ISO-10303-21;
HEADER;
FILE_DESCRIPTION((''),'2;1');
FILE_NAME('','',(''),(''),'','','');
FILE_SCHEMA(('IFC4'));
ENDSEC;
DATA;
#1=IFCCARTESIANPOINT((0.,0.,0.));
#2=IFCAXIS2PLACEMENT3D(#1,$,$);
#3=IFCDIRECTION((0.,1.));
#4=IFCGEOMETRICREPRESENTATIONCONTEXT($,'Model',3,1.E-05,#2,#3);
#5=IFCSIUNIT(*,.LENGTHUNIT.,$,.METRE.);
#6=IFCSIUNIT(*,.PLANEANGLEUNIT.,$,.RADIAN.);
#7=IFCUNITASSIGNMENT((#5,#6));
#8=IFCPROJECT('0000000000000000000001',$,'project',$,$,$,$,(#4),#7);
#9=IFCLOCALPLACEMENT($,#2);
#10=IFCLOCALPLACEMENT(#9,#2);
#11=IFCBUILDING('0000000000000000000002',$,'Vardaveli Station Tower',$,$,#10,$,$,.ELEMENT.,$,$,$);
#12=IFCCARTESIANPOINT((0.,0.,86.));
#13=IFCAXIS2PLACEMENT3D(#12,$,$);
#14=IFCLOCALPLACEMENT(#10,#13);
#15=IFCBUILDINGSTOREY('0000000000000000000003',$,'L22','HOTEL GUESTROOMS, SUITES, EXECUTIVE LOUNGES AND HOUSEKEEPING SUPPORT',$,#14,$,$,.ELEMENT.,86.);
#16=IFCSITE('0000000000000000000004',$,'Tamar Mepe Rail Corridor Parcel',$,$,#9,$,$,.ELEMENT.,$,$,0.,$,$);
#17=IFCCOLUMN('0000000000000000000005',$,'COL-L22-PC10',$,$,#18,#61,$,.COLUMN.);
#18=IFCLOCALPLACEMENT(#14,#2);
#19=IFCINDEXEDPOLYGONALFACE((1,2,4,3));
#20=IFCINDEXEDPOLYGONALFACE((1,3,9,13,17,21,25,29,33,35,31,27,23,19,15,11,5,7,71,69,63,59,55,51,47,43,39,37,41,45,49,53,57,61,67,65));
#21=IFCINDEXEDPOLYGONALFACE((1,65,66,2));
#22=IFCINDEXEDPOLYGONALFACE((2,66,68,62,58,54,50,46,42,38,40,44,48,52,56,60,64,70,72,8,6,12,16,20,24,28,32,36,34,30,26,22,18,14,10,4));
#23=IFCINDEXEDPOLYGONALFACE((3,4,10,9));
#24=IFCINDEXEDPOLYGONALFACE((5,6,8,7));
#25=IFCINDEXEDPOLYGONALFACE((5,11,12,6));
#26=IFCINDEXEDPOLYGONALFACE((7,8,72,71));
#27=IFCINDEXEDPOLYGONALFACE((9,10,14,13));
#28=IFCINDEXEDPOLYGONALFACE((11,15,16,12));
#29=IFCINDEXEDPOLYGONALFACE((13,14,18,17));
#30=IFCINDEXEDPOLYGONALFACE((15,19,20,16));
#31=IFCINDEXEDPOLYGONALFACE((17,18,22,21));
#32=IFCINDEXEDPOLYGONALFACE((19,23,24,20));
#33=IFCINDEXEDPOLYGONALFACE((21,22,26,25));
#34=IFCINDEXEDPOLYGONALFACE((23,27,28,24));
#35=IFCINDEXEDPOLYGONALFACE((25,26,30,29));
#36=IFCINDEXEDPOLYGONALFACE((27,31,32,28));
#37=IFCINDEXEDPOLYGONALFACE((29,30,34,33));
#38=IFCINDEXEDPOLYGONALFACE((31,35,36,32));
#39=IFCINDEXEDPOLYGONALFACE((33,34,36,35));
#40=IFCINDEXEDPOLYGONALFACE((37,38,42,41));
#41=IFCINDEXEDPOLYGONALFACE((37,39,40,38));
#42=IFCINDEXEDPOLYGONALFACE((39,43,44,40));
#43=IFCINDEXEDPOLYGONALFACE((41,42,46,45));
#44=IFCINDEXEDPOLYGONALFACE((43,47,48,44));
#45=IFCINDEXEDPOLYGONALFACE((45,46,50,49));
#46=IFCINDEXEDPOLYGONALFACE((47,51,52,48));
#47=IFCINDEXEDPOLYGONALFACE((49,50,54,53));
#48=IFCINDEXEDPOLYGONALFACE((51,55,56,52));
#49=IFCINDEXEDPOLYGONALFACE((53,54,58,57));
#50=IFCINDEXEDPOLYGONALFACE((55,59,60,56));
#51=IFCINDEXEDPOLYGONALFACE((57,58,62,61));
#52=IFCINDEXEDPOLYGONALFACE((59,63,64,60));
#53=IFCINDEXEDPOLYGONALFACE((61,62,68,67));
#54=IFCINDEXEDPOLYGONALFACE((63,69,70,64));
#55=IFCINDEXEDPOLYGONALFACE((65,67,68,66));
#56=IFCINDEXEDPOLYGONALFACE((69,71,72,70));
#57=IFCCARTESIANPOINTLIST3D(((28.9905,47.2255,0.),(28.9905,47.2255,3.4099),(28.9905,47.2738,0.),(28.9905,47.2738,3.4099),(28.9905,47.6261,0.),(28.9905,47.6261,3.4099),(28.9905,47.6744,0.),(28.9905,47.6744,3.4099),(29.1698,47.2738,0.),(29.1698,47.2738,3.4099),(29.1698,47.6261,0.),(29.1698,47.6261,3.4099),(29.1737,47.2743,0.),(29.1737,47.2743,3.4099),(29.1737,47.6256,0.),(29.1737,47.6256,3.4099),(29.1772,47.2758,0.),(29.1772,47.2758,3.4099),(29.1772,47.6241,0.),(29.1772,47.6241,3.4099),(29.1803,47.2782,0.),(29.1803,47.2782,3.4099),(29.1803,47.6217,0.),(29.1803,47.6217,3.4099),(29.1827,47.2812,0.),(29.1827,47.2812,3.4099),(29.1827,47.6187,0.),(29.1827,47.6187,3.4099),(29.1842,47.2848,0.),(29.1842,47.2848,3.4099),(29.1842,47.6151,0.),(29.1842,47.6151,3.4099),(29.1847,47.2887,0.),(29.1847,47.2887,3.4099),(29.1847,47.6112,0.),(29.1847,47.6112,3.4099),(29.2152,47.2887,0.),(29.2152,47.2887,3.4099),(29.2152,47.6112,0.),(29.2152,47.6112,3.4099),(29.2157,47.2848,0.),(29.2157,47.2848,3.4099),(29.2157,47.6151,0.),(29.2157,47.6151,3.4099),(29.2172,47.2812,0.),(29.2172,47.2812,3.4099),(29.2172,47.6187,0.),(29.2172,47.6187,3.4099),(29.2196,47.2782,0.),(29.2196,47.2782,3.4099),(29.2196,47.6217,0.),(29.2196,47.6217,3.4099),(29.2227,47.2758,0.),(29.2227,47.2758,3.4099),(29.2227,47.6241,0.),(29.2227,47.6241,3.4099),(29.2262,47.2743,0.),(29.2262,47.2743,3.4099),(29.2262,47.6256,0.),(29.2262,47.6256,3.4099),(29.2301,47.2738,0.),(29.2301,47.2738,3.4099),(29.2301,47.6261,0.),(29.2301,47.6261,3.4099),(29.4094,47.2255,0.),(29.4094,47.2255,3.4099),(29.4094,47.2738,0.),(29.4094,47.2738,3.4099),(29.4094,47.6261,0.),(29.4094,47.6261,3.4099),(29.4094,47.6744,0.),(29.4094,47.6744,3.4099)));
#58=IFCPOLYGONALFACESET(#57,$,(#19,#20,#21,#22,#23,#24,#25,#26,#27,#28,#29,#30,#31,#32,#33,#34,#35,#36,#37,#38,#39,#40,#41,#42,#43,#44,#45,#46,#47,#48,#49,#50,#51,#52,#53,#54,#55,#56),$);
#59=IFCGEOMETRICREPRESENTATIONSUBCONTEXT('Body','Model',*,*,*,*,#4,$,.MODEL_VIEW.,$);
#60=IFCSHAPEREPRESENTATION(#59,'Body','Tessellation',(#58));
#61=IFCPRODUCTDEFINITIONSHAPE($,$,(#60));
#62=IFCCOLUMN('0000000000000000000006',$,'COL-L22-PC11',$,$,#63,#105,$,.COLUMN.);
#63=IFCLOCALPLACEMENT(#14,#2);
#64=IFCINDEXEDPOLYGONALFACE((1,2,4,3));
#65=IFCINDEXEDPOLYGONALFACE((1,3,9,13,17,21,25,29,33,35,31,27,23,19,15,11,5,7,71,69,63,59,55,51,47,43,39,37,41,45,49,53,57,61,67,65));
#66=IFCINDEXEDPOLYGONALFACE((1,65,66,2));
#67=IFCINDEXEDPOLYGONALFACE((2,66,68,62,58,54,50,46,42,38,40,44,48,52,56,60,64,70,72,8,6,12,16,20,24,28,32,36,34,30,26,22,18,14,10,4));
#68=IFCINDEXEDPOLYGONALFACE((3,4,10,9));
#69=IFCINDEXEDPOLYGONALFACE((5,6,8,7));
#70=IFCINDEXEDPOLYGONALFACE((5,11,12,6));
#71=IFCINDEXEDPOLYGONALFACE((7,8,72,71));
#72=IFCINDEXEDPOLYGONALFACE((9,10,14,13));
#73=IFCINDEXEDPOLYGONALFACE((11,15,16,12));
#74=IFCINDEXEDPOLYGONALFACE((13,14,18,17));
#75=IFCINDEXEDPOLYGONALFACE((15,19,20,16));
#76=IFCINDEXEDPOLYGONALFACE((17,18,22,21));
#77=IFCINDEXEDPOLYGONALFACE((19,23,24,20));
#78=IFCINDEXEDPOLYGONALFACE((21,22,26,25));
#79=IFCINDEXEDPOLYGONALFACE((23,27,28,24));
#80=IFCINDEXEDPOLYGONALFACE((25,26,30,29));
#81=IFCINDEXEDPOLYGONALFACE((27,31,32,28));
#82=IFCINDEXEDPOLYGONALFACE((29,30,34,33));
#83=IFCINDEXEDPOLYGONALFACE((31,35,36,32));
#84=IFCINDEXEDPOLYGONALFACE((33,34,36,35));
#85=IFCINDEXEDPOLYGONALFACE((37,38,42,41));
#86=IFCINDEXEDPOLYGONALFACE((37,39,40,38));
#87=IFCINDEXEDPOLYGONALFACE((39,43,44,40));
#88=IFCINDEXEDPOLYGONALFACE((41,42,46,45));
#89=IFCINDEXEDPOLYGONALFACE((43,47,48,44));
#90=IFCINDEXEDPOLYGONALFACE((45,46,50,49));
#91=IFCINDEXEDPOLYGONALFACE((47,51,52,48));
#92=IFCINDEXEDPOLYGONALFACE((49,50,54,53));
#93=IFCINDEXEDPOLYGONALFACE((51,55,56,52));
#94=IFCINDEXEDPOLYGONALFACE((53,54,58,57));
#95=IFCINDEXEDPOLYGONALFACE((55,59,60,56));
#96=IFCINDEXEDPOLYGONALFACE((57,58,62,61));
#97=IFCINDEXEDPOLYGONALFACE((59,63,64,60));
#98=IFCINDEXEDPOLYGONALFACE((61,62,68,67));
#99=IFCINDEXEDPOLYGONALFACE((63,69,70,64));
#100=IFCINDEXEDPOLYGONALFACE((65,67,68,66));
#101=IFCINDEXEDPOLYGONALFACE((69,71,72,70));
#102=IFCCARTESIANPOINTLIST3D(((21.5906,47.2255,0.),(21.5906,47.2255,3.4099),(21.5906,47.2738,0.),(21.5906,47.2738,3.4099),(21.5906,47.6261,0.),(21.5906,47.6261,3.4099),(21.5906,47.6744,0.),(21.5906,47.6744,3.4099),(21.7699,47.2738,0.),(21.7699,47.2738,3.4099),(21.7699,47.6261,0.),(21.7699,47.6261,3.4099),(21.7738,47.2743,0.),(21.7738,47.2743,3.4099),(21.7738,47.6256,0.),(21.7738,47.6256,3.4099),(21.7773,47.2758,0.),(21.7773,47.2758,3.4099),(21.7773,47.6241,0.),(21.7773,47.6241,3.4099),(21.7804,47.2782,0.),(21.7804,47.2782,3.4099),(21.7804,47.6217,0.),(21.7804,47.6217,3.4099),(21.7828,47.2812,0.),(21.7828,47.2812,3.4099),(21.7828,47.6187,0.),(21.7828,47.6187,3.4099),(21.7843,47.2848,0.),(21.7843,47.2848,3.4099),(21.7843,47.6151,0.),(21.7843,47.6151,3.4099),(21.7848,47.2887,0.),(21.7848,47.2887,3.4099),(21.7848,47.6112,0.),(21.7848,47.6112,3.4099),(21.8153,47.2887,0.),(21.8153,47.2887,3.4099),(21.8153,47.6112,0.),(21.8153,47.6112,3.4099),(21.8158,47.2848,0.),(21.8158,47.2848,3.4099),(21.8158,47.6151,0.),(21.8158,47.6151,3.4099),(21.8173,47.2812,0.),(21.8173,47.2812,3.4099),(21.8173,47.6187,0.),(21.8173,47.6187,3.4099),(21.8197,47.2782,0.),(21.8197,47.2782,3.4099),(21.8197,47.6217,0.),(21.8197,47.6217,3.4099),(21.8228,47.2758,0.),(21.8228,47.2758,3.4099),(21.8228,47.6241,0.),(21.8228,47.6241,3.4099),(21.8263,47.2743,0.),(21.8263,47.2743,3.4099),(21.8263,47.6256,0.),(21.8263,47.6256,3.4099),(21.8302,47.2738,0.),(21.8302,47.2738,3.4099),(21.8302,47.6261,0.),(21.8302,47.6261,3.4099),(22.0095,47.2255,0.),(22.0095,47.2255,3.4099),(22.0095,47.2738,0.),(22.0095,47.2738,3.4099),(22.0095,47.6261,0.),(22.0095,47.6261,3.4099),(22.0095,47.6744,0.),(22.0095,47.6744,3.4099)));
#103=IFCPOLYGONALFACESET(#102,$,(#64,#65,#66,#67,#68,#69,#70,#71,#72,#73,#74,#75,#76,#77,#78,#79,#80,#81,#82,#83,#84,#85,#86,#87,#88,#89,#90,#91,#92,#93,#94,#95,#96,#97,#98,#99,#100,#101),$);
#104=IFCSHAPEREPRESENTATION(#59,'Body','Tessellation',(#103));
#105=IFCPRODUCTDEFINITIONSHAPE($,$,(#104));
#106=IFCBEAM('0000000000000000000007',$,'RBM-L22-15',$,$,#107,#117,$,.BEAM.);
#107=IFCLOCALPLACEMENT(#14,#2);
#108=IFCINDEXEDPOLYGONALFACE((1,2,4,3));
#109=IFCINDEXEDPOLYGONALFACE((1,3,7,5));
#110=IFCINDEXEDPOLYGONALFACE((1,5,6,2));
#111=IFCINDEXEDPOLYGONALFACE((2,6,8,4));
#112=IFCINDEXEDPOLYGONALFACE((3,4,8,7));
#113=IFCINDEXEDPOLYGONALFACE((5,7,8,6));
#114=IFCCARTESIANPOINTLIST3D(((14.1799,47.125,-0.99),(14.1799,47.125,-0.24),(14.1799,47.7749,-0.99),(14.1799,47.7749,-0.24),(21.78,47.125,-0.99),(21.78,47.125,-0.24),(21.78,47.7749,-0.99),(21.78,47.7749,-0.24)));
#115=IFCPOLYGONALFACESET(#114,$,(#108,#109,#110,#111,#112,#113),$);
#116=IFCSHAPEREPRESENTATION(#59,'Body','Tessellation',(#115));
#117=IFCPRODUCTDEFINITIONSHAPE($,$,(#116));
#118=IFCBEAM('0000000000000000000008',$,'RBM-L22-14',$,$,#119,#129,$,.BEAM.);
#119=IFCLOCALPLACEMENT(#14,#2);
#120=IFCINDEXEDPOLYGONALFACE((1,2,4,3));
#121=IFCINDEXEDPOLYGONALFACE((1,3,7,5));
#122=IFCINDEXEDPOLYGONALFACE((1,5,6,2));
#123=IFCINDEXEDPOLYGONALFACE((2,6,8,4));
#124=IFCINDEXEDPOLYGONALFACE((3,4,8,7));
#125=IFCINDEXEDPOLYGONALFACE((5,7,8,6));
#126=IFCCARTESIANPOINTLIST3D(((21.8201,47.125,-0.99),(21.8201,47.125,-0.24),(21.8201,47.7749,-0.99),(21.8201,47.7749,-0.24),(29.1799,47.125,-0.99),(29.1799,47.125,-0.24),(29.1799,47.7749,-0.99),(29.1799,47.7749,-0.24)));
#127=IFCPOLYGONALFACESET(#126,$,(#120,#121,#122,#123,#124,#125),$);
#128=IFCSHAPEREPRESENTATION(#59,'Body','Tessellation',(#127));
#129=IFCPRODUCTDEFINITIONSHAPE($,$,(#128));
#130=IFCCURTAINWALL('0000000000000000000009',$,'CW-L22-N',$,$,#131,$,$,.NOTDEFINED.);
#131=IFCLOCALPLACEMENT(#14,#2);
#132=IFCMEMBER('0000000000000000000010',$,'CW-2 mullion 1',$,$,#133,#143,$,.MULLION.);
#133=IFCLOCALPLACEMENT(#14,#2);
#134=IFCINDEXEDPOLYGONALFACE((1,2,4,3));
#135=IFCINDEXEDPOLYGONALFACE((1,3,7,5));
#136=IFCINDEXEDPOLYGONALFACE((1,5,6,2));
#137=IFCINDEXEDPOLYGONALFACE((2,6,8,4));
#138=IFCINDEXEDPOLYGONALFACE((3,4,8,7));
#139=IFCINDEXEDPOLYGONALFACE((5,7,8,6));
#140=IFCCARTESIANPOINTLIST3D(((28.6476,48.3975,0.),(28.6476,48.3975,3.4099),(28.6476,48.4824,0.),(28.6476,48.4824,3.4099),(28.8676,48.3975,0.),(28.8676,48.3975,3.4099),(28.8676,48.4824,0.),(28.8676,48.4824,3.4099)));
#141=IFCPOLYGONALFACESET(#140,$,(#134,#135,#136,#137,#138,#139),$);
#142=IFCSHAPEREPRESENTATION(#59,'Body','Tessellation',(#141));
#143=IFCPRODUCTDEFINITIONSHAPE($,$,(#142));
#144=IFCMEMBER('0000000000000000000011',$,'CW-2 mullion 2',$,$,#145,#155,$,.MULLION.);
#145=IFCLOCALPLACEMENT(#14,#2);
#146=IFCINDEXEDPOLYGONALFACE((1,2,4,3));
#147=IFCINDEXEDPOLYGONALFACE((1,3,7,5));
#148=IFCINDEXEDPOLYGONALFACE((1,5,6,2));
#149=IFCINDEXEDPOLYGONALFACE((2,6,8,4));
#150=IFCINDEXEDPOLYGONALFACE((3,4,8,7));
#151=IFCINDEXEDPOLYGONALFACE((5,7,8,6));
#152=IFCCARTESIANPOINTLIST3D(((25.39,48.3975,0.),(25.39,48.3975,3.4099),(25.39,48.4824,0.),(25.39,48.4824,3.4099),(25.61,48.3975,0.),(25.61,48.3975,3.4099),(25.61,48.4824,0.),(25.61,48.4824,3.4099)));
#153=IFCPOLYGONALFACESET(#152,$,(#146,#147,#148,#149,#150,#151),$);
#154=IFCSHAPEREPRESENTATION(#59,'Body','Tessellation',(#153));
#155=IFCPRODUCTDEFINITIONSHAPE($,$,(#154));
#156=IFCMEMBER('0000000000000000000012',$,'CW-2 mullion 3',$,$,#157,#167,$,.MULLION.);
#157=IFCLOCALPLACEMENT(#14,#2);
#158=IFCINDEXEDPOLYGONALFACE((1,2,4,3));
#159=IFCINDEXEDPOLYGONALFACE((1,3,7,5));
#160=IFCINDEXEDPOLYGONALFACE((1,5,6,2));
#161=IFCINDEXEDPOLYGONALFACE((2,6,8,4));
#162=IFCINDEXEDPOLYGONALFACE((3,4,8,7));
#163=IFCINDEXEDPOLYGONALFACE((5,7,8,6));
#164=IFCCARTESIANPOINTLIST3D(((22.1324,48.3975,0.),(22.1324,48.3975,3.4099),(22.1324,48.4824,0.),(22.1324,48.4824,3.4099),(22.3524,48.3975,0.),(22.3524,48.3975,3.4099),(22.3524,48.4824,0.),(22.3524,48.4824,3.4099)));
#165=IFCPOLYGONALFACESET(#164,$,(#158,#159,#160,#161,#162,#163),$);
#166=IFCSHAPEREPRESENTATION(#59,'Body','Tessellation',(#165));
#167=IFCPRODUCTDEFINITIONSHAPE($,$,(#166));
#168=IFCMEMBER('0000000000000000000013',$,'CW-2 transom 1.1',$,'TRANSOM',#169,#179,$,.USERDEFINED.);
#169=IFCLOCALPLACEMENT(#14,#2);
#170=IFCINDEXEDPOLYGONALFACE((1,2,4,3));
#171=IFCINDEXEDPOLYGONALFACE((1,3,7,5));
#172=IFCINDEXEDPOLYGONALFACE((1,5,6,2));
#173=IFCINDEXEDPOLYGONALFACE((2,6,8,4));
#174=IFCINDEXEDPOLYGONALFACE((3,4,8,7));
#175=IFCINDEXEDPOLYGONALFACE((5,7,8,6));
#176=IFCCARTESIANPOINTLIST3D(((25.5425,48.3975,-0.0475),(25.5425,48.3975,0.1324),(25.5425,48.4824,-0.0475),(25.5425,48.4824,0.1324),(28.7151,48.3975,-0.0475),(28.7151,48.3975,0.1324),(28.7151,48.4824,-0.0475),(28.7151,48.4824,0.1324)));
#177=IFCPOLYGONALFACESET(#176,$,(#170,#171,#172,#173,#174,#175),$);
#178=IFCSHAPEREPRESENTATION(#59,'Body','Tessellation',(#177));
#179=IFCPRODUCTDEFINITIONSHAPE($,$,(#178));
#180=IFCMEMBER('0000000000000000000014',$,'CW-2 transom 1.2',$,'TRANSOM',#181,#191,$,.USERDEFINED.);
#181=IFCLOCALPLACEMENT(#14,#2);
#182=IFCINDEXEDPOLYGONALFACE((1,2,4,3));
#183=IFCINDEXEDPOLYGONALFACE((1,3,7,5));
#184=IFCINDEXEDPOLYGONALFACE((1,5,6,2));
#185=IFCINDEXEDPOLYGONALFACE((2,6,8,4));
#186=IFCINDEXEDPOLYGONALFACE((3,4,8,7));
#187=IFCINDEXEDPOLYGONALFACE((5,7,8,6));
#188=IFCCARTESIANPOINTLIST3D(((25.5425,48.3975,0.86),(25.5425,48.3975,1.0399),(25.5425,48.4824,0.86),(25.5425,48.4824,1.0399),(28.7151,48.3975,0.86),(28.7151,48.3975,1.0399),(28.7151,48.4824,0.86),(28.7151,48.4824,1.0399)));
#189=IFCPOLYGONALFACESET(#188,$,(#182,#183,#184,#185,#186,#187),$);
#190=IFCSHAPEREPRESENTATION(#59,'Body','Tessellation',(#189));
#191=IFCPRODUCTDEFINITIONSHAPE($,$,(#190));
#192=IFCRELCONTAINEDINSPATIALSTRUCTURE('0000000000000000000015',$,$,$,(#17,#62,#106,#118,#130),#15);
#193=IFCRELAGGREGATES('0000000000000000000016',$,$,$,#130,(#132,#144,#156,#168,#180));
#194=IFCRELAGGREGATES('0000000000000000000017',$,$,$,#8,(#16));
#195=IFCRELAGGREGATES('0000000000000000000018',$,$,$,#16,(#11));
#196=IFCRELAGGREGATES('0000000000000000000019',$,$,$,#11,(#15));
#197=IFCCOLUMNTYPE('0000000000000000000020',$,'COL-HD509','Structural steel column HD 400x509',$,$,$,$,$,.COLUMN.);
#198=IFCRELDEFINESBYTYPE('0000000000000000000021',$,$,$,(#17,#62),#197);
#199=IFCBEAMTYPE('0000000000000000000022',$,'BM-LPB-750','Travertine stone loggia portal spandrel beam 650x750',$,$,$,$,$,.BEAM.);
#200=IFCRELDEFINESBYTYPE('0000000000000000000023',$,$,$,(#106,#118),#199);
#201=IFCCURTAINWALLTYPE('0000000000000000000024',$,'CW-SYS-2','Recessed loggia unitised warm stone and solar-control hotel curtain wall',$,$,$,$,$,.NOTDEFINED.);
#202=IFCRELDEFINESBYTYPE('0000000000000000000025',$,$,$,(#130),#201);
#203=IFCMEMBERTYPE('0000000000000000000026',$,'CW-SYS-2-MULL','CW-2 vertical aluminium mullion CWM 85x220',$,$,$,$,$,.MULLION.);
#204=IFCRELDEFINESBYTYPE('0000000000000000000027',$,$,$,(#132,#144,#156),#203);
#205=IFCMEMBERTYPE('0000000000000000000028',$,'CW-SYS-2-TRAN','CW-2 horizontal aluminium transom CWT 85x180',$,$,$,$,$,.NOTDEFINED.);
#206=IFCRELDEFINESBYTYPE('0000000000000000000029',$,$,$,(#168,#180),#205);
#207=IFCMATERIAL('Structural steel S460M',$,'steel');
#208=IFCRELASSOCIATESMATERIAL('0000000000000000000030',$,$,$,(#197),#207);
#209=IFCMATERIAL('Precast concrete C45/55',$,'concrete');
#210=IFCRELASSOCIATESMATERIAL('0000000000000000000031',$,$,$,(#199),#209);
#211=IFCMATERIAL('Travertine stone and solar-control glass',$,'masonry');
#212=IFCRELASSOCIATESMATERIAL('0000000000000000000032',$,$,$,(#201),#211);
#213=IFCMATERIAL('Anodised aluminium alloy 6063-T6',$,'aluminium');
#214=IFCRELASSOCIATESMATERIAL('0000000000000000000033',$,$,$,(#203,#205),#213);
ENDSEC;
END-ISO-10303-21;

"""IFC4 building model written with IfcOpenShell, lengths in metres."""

from ifc_helpers import new_model, si_unit, direction, frame, origin, origin_2d, place, context, subcontext, project, spatial, rectangle, i_section, extrude, source, transform, mapped, material, material_profile, profile_set, type_object, element, aggregate, save


model = new_model("IFC4")

# Units and contexts
model_context = context("Model", 3, precision=1e-05, world=origin(), true_north=direction((0.0, 1.0)))
body_context = subcontext(model_context, "Body", "Model", "MODEL_VIEW")
ifc_project = project(units=[si_unit("LENGTHUNIT", "METRE"), si_unit("PLANEANGLEUNIT", "RADIAN")], contexts=[model_context])

# Site, building, storey
site_placement = place(None, origin())
site = spatial("IfcSite", under=ifc_project, at=site_placement, Name="Tamar Mepe Rail Corridor Parcel", CompositionType="ELEMENT", RefElevation=0.0)
building_placement = place(site_placement, origin())
building = spatial("IfcBuilding", under=site, at=building_placement, Name="Vardaveli Station Tower", CompositionType="ELEMENT")
storey_placement = place(building_placement, frame((0.0, 0.0, 86.0)))
storey = spatial("IfcBuildingStorey", under=building, at=storey_placement, Name="L22", Description="HOTEL GUESTROOMS, SUITES, EXECUTIVE LOUNGES AND HOUSEKEEPING SUPPORT", CompositionType="ELEMENT", Elevation=86.0)

# Columns
ifc_material_1 = material(Name="Structural steel S460M", Category="steel")
ifc_material_profile_1 = material_profile(ifc_material_1, i_section(OverallWidth=0.4189, OverallDepth=0.449, WebThickness=0.0305, FlangeThickness=0.0483, FilletRadius=0.0149, at=origin_2d()), Name="HD 400x509")
ifc_profile_set_1 = profile_set([ifc_material_profile_1], Name="Structural steel S460M")
column_type = type_object("IfcColumnType", Name="COL-HD509", Description="Structural steel column HD 400x509", PredefinedType="COLUMN", material=ifc_profile_set_1)
shared_shape_1 = source(origin(), body_context, "Body", "SweptSolid", [
    extrude(i_section(OverallWidth=0.4189, OverallDepth=0.449, WebThickness=0.0305, FlangeThickness=0.0483, FilletRadius=0.0149, at=origin_2d()), origin(), (0.0, 0.0, 1.0), 3.4099),
])
for number, where, z_axis, x_axis, name in (
    (1, (29.2, 47.45, 0.0), (0.0, 0.0, 1.0), (1.0, 0.0, 0.0), "COL-L22-PC10"),
    (2, (21.8, 47.45, 0.0), (0.0, 0.0, 1.0), (1.0, 0.0, 0.0), "COL-L22-PC11"),
):
    element("IfcColumn", number, at=place(storey_placement, frame(where, z_axis=z_axis, x_axis=x_axis)), inside=storey, type_object=column_type, Name=name, PredefinedType="COLUMN", context=body_context, shape_type="MappedRepresentation", body=[
        mapped(shared_shape_1, transform((0.0, 0.0, 0.0), scale=1.0)),
    ])

# Beams
ifc_material_2 = material(Name="Precast concrete C45/55", Category="concrete")
ifc_material_profile_2 = material_profile(ifc_material_2, rectangle(XDim=0.6499, YDim=0.75, at=origin_2d()), Name="LPB 650x750")
ifc_profile_set_2 = profile_set([ifc_material_profile_2], Name="Precast concrete C45/55")
beam_type = type_object("IfcBeamType", Name="BM-LPB-750", Description="Travertine stone loggia portal spandrel beam 650x750", PredefinedType="BEAM", material=ifc_profile_set_2)
shared_shape_2 = source(origin(), body_context, "Body", "SweptSolid", [
    extrude(rectangle(XDim=0.6499, YDim=0.75, at=origin_2d()), origin(), (0.0, 0.0, 1.0), 7.6001),
])
beam_1_placement = place(storey_placement, frame((21.78, 47.45, -0.615), z_axis=(-1.0, 0.0, 0.0), x_axis=(0.0, -1.0, 0.0)))
element("IfcBeam", 3, at=beam_1_placement, inside=storey, type_object=beam_type, Name="RBM-L22-15", PredefinedType="BEAM", context=body_context, shape_type="MappedRepresentation", body=[
    mapped(shared_shape_2, transform((0.0, 0.0, 0.0), scale=1.0)),
])
shared_shape_3 = source(origin(), body_context, "Body", "SweptSolid", [
    extrude(rectangle(XDim=0.6499, YDim=0.75, at=origin_2d()), origin(), (0.0, 0.0, 1.0), 7.3599),
])
beam_2_placement = place(storey_placement, frame((29.1799, 47.45, -0.615), z_axis=(-1.0, 0.0, 0.0), x_axis=(0.0, -1.0, 0.0)))
element("IfcBeam", 4, at=beam_2_placement, inside=storey, type_object=beam_type, Name="RBM-L22-14", PredefinedType="BEAM", context=body_context, shape_type="MappedRepresentation", body=[
    mapped(shared_shape_3, transform((0.0, 0.0, 0.0), scale=1.0)),
])

# Curtain wall, members
ifc_material_3 = material(Name="Travertine stone and solar-control glass", Category="masonry")
curtain_wall_type = type_object("IfcCurtainWallType", Name="CW-SYS-2", Description="Recessed loggia unitised warm stone and solar-control hotel curtain wall", PredefinedType="NOTDEFINED", material=ifc_material_3)
curtain_wall_placement = place(storey_placement, origin())
curtain_wall = element("IfcCurtainWall", 5, at=curtain_wall_placement, inside=storey, type_object=curtain_wall_type, Name="CW-L22-N", PredefinedType="NOTDEFINED")
ifc_material_4 = material(Name="Anodised aluminium alloy 6063-T6", Category="aluminium")
ifc_material_profile_3 = material_profile(ifc_material_4, rectangle(XDim=0.085, YDim=0.22, at=origin_2d()), Name="CWM 85x220")
ifc_profile_set_3 = profile_set([ifc_material_profile_3], Name="Anodised aluminium alloy 6063-T6")
member_type_1 = type_object("IfcMemberType", Name="CW-SYS-2-MULL", Description="CW-2 vertical aluminium mullion CWM 85x220", PredefinedType="MULLION", material=ifc_profile_set_3)
shared_shape_4 = source(origin(), body_context, "Body", "SweptSolid", [
    extrude(rectangle(XDim=0.085, YDim=0.22, at=origin_2d()), origin(), (0.0, 0.0, 1.0), 3.4099),
])
member_1_placement = place(storey_placement, frame((28.7576, 48.4399, 0.0), z_axis=(0.0, 0.0, 1.0), x_axis=(0.0, -1.0, 0.0)))
member_1 = element("IfcMember", 6, at=member_1_placement, type_object=member_type_1, Name="CW-2 mullion 1", PredefinedType="MULLION", context=body_context, shape_type="MappedRepresentation", body=[
    mapped(shared_shape_4, transform((0.0, 0.0, 0.0), scale=1.0)),
])
member_2_placement = place(storey_placement, frame((25.5, 48.4399, 0.0), z_axis=(0.0, 0.0, 1.0), x_axis=(0.0, -1.0, 0.0)))
member_2 = element("IfcMember", 7, at=member_2_placement, type_object=member_type_1, Name="CW-2 mullion 2", PredefinedType="MULLION", context=body_context, shape_type="MappedRepresentation", body=[
    mapped(shared_shape_4, transform((0.0, 0.0, 0.0), scale=1.0)),
])
member_3_placement = place(storey_placement, frame((22.2424, 48.4399, 0.0), z_axis=(0.0, 0.0, 1.0), x_axis=(0.0, -1.0, 0.0)))
member_3 = element("IfcMember", 8, at=member_3_placement, type_object=member_type_1, Name="CW-2 mullion 3", PredefinedType="MULLION", context=body_context, shape_type="MappedRepresentation", body=[
    mapped(shared_shape_4, transform((0.0, 0.0, 0.0), scale=1.0)),
])
ifc_material_profile_4 = material_profile(ifc_material_4, rectangle(XDim=0.085, YDim=0.1799, at=origin_2d()), Name="CWT 85x180")
ifc_profile_set_4 = profile_set([ifc_material_profile_4], Name="Anodised aluminium alloy 6063-T6")
member_type_2 = type_object("IfcMemberType", Name="CW-SYS-2-TRAN", Description="CW-2 horizontal aluminium transom CWT 85x180", PredefinedType="NOTDEFINED", material=ifc_profile_set_4)
shared_shape_5 = source(origin(), body_context, "Body", "SweptSolid", [
    extrude(rectangle(XDim=0.085, YDim=0.1799, at=origin_2d()), origin(), (0.0, 0.0, 1.0), 3.1726),
])
member_4_placement = place(storey_placement, frame((28.7151, 48.4399, 0.0425), z_axis=(-1.0, 0.0, 0.0), x_axis=(0.0, -1.0, 0.0)))
member_4 = element("IfcMember", 9, at=member_4_placement, type_object=member_type_2, Name="CW-2 transom 1.1", ObjectType="TRANSOM", PredefinedType="USERDEFINED", context=body_context, shape_type="MappedRepresentation", body=[
    mapped(shared_shape_5, transform((0.0, 0.0, 0.0), scale=1.0)),
])
member_5_placement = place(storey_placement, frame((28.7151, 48.4399, 0.95), z_axis=(-1.0, 0.0, 0.0), x_axis=(0.0, -1.0, 0.0)))
member_5 = element("IfcMember", 10, at=member_5_placement, type_object=member_type_2, Name="CW-2 transom 1.2", ObjectType="TRANSOM", PredefinedType="USERDEFINED", context=body_context, shape_type="MappedRepresentation", body=[
    mapped(shared_shape_5, transform((0.0, 0.0, 0.0), scale=1.0)),
])
aggregate(curtain_wall, [member_1, member_2, member_3, member_4, member_5])

save(model, "model.ifc")
